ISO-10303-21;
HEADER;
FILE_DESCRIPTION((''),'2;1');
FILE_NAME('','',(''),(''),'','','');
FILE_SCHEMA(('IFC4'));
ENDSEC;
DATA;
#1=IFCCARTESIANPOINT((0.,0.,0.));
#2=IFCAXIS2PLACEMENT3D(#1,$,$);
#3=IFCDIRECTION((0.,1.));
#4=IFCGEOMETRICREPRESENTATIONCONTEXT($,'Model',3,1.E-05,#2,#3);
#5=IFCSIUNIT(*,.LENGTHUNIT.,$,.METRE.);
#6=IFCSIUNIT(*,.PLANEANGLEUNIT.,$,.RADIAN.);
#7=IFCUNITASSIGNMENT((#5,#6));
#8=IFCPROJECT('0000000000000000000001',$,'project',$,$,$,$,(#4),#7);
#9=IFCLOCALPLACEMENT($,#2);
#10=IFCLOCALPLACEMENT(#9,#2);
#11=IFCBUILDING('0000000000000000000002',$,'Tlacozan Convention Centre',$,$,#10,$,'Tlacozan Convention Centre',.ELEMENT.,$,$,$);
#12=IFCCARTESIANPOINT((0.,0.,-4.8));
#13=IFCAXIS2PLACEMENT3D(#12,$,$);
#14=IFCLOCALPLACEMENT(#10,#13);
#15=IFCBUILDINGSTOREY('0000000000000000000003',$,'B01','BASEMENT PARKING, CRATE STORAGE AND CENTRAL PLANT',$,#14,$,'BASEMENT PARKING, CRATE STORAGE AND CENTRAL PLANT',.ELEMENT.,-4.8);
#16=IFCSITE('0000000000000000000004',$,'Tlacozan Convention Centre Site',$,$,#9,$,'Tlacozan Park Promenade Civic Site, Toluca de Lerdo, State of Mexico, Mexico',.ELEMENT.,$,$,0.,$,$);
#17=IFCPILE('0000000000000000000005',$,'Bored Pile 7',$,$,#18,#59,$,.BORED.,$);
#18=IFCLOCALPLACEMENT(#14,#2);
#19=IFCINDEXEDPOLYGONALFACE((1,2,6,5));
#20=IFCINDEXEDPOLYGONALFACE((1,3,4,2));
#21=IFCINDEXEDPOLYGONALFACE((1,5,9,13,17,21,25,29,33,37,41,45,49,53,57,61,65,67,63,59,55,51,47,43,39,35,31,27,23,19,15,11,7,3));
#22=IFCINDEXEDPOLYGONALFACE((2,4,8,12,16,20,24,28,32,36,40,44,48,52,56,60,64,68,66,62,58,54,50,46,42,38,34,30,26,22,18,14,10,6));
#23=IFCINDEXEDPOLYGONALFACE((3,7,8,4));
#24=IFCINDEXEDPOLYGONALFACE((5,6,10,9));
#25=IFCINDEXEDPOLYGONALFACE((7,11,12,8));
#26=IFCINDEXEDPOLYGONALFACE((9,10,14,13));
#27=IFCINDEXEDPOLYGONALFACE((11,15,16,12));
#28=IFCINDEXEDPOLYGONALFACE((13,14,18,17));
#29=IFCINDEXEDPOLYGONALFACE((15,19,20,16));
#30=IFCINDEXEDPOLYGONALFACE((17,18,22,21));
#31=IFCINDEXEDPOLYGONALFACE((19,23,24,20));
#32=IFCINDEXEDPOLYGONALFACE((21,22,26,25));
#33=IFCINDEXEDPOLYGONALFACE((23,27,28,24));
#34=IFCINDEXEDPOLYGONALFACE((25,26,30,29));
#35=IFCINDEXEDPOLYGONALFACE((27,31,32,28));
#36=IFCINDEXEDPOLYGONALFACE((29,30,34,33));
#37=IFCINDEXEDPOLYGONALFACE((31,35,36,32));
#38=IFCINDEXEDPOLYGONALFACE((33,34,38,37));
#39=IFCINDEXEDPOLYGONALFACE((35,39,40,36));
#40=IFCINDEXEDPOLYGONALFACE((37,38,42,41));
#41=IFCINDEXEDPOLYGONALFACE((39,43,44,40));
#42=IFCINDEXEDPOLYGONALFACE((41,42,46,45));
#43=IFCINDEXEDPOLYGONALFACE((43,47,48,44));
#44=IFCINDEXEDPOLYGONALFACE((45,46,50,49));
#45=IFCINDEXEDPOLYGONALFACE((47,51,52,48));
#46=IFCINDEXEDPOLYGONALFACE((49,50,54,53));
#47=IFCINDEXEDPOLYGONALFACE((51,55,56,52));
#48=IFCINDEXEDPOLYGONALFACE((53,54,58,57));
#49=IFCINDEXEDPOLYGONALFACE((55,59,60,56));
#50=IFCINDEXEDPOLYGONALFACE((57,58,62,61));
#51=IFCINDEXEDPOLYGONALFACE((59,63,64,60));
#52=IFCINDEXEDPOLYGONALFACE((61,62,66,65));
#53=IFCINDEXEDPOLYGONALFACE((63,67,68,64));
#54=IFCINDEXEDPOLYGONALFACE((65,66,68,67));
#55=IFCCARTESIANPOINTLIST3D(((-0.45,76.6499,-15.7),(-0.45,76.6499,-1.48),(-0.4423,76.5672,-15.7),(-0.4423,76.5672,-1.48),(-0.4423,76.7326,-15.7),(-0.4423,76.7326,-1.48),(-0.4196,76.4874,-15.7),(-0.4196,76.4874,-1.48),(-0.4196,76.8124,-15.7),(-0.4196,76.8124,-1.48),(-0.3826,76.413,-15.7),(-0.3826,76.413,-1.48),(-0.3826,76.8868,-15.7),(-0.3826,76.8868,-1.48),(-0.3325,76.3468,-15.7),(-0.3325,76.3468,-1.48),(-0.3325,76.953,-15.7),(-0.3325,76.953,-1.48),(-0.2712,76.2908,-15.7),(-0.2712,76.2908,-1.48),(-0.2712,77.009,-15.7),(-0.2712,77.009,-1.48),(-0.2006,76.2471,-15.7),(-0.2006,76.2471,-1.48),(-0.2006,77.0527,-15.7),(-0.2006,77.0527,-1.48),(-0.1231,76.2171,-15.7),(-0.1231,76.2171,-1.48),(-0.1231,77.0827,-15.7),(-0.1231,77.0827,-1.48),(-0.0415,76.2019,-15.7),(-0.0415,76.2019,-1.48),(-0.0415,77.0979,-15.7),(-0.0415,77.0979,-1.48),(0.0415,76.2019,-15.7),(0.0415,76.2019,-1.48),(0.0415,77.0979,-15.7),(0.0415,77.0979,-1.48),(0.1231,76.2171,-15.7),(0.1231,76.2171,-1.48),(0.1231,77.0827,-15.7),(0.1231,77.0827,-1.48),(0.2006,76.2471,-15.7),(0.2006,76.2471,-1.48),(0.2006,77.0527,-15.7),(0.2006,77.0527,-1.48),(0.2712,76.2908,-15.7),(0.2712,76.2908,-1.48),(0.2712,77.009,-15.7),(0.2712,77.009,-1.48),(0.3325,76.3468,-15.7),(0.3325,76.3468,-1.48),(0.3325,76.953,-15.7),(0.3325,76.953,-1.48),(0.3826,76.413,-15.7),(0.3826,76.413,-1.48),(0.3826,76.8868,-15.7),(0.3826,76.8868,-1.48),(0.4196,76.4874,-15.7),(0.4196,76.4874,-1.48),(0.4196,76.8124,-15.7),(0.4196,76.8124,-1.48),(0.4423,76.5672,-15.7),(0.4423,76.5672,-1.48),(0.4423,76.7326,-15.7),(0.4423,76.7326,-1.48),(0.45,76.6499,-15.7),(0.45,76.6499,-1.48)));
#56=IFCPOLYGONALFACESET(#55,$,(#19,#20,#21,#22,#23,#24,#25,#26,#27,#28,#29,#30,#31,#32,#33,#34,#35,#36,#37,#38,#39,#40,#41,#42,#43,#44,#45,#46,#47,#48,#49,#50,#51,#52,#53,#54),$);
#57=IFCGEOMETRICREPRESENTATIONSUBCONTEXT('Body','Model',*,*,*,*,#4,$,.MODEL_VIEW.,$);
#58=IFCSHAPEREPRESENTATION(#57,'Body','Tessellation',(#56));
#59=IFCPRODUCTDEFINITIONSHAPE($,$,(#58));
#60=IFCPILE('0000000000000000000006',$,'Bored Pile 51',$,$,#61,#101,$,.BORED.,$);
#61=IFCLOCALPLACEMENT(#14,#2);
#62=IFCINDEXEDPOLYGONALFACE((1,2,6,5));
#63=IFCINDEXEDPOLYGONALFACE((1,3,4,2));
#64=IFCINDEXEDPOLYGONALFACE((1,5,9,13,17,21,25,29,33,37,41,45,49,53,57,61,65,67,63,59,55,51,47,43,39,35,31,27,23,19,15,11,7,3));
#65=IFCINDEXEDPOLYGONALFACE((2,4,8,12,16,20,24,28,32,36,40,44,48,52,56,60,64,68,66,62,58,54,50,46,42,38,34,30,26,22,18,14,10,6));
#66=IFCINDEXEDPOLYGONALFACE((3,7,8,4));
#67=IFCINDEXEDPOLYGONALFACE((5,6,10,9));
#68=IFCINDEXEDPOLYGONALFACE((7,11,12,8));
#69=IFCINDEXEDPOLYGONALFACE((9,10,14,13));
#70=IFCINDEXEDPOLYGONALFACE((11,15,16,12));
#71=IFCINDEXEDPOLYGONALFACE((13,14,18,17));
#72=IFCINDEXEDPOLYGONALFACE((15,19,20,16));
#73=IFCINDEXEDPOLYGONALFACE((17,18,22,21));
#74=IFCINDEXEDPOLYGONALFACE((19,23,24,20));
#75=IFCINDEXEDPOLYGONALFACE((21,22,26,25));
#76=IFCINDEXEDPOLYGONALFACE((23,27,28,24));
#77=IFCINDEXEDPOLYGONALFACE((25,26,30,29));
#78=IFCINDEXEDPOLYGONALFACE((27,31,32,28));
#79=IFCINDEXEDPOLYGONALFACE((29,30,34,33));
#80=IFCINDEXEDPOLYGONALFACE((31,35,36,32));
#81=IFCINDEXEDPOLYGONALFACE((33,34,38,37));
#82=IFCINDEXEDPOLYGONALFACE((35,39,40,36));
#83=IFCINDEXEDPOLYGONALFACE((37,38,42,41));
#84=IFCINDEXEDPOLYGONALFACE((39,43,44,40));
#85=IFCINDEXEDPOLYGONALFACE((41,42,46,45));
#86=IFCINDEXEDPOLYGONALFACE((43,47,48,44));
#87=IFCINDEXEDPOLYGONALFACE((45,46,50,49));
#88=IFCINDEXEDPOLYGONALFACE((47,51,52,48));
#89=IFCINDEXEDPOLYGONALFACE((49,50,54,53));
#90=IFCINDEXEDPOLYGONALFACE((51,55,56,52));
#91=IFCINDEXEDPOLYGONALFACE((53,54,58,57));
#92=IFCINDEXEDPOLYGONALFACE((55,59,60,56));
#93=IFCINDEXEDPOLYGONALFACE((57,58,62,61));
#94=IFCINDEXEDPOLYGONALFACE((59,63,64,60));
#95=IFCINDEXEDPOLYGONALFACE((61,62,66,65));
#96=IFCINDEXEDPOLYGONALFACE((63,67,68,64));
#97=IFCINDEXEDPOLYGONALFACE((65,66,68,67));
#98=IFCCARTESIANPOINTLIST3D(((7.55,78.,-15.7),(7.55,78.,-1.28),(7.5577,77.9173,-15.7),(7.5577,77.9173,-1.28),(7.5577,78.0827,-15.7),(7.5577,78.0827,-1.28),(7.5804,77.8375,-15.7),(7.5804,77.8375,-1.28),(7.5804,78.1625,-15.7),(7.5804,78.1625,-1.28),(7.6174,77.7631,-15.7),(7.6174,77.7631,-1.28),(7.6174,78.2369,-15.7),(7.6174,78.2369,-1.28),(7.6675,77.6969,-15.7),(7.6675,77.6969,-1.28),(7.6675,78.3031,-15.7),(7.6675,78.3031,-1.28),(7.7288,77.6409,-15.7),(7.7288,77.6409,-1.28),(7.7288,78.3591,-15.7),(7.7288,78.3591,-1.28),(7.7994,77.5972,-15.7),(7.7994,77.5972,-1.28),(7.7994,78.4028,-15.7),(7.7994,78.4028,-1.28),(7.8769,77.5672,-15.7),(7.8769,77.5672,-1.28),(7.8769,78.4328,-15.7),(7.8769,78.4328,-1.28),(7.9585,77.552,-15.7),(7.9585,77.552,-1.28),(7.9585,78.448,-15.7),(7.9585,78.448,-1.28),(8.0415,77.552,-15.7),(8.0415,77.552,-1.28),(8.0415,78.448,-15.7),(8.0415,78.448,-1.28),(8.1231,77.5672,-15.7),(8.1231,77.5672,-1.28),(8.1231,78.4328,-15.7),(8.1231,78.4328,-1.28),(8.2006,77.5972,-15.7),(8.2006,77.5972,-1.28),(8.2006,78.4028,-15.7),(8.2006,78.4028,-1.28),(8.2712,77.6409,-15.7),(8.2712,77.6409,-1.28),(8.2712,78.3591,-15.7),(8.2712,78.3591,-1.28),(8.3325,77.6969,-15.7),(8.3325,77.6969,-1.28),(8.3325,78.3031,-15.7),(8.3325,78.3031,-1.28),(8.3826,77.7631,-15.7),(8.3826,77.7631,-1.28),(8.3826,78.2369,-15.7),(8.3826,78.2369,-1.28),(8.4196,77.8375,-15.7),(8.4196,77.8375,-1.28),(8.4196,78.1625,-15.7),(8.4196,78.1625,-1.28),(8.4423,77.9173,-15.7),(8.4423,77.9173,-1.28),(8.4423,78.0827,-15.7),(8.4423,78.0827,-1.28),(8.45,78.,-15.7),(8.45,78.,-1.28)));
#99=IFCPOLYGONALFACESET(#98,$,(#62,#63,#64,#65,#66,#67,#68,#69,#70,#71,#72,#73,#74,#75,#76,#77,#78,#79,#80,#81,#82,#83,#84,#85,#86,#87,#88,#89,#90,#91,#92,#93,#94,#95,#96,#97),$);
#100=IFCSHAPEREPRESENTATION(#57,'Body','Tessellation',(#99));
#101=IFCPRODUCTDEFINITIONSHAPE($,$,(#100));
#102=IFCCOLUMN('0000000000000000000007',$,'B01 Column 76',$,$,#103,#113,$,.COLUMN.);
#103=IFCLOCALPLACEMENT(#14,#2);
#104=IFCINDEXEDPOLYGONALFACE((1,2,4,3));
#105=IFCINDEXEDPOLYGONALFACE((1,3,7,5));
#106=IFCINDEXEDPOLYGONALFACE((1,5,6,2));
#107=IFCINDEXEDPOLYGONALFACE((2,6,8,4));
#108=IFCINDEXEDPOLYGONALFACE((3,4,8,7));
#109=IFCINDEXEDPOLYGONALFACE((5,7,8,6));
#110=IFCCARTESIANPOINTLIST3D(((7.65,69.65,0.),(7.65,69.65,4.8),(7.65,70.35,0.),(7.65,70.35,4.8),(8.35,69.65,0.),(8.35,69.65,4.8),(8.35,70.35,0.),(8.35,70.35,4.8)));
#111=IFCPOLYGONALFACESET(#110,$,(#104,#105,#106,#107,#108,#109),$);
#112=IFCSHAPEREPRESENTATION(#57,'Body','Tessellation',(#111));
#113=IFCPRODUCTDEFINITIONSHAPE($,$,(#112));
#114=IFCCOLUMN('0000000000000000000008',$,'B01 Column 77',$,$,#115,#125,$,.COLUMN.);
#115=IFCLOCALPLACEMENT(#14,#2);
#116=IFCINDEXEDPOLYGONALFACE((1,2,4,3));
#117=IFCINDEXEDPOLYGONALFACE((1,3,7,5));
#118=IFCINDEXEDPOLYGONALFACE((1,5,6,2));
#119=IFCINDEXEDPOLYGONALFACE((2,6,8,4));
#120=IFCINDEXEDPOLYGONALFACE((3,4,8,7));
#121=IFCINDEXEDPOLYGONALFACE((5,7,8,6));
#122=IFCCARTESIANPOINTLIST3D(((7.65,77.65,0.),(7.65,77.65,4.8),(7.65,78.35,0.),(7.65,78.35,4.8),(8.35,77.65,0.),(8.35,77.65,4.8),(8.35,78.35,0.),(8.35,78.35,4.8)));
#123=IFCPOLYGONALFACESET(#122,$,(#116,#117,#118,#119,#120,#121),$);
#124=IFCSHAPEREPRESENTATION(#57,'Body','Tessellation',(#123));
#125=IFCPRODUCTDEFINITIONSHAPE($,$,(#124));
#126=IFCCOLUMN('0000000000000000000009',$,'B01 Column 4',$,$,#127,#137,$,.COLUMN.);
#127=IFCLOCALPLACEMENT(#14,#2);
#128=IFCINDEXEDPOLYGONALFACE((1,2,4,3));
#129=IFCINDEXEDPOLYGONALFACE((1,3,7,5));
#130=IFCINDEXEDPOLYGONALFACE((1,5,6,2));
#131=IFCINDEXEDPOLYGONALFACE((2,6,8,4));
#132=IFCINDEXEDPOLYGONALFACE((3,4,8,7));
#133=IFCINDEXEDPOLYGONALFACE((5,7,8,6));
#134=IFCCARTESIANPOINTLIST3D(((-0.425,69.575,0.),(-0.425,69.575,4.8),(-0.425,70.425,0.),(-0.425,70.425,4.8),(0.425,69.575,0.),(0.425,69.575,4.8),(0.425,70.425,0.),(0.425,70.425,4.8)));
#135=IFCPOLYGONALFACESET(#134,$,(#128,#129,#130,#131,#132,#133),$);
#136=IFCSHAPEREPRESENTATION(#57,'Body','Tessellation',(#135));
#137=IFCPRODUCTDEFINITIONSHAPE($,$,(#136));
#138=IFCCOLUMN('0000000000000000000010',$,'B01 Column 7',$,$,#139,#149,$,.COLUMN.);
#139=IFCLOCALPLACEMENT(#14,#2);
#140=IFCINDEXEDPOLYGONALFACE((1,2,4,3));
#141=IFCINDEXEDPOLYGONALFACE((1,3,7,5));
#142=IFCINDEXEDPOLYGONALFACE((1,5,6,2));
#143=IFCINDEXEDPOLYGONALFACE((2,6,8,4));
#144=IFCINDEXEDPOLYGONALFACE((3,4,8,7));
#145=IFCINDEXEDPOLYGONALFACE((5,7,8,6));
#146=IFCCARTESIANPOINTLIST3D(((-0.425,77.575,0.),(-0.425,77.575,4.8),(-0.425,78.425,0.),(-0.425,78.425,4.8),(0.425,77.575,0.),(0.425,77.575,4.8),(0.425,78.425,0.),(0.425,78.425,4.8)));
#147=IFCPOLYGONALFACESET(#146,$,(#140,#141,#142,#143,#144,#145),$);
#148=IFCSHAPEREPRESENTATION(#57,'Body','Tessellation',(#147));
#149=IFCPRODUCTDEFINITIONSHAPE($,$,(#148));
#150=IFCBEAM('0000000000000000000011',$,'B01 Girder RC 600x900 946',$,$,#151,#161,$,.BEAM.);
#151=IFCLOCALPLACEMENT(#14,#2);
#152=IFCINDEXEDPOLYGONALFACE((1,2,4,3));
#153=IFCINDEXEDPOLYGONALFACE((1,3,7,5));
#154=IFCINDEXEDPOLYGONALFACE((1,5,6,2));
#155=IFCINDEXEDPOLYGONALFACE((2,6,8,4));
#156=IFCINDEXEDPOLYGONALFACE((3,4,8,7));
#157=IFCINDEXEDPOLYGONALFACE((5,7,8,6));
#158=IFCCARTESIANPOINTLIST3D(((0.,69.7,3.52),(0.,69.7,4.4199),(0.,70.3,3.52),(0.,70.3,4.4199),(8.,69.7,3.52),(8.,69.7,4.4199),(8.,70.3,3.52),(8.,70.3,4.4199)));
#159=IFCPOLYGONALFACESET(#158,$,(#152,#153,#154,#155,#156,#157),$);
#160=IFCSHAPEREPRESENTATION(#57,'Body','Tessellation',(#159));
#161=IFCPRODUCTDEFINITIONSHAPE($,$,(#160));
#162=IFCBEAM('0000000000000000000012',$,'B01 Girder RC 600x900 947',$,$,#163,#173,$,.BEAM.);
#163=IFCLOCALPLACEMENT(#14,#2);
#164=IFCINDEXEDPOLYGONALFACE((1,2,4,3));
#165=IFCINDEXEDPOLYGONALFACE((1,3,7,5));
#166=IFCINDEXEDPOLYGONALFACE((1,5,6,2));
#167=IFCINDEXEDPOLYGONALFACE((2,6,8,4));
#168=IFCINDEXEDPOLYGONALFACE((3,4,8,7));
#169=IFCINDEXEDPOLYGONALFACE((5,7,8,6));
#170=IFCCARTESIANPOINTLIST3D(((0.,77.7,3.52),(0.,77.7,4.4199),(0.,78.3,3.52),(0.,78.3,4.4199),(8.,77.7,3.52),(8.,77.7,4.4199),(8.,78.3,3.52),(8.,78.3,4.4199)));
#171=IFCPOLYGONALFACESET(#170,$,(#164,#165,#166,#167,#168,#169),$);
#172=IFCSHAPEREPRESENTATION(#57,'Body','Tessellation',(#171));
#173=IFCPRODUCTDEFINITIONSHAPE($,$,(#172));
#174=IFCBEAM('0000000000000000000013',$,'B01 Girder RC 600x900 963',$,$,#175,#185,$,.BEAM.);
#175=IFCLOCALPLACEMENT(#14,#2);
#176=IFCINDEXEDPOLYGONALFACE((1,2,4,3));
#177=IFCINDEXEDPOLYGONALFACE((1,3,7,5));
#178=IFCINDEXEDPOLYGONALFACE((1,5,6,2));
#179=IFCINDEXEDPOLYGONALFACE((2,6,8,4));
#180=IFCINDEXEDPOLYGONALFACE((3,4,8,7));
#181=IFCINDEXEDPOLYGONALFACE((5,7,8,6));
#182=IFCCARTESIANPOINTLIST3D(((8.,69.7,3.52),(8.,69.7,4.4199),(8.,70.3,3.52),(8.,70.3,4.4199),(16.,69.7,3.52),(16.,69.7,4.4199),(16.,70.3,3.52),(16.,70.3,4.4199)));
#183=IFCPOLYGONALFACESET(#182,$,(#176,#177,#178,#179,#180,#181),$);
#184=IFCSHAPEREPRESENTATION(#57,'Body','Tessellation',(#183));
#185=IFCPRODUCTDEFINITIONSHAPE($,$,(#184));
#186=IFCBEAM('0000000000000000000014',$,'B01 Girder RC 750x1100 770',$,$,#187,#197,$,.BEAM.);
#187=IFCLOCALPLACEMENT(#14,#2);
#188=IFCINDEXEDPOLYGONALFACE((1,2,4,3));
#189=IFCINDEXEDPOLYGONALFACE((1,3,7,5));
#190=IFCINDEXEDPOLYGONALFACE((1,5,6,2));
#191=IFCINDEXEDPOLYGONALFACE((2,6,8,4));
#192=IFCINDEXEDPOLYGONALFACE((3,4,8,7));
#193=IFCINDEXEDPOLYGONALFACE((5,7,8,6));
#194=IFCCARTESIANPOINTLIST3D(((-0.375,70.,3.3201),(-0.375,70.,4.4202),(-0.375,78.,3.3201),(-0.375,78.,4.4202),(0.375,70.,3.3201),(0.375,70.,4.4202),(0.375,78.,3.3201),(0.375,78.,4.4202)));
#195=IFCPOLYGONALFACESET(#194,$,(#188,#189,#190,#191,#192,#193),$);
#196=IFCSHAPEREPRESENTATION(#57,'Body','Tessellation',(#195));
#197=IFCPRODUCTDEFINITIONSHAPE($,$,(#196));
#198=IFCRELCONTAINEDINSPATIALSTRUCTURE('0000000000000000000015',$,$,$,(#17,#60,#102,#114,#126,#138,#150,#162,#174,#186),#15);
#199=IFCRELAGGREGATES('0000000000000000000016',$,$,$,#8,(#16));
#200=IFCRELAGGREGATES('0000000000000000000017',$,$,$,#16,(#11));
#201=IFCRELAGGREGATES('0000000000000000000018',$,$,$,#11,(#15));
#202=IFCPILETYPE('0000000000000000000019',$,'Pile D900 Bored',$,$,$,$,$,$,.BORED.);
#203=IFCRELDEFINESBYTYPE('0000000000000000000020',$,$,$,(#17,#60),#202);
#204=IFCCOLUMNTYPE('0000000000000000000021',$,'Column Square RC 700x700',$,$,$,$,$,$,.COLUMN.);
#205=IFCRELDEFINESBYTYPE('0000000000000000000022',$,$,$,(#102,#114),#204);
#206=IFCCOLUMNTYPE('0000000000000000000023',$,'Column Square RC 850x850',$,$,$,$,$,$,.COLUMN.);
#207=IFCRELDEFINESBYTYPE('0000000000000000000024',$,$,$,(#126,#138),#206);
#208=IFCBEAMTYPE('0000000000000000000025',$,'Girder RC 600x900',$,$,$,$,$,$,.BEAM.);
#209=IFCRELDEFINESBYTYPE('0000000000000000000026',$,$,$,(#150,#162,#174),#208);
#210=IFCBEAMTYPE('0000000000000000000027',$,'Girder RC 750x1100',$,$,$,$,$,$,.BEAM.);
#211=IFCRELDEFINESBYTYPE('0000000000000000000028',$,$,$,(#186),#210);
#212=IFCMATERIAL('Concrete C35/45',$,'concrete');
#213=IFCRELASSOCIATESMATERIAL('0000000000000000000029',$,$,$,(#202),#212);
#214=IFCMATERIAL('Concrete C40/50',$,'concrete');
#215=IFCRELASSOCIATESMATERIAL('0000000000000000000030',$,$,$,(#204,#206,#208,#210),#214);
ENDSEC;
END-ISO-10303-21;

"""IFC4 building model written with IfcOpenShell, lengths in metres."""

from ifc_helpers import new_model, si_unit, direction, frame, origin, origin_2d, place, context, subcontext, project, spatial, rectangle, circle, extrude, material, material_profile, profile_set, type_object, element, save


model = new_model("IFC4")

# Units and contexts
model_context = context("Model", 3, precision=1e-05, world=origin(), true_north=direction((0.0, 1.0)))
body_context = subcontext(model_context, "Body", "Model", "MODEL_VIEW")
ifc_project = project(units=[si_unit("LENGTHUNIT", "METRE"), si_unit("PLANEANGLEUNIT", "RADIAN")], contexts=[model_context])

# Site, building, storey
site_placement = place(None, origin())
site = spatial("IfcSite", under=ifc_project, at=site_placement, Name="Tlacozan Convention Centre Site", LongName="Tlacozan Park Promenade Civic Site, Toluca de Lerdo, State of Mexico, Mexico", CompositionType="ELEMENT", RefElevation=0.0)
building_placement = place(site_placement, origin())
building = spatial("IfcBuilding", under=site, at=building_placement, Name="Tlacozan Convention Centre", LongName="Tlacozan Convention Centre", CompositionType="ELEMENT")
storey_placement = place(building_placement, frame((0.0, 0.0, -4.8)))
storey = spatial("IfcBuildingStorey", under=building, at=storey_placement, Name="B01", Description="BASEMENT PARKING, CRATE STORAGE AND CENTRAL PLANT", LongName="BASEMENT PARKING, CRATE STORAGE AND CENTRAL PLANT", CompositionType="ELEMENT", Elevation=-4.8)

# Shared definitions
ifc_material_1 = material(Name="Concrete C35/45", Category="concrete")

# Piles
ifc_material_profile_1 = material_profile(ifc_material_1, circle(Radius=0.45, at=origin_2d()), Name="PILE D900")
ifc_profile_set_1 = profile_set([ifc_material_profile_1], Name="Concrete C35/45")
pile_type_1 = type_object("IfcPileType", Name="Pile D900 Bored", PredefinedType="BORED", material=ifc_profile_set_1)
for number, where, z_axis, x_axis, name in (
    (1, (0.0, 76.6499, -1.48), (0.0, 0.0, -1.0), (1.0, 0.0, 0.0), "Bored Pile 7"),
):
    element("IfcPile", number, at=place(storey_placement, frame(where, z_axis=z_axis, x_axis=x_axis)), inside=storey, type_object=pile_type_1, Name=name, PredefinedType="BORED", context=body_context, shape_type="SweptSolid", body=[
        extrude(circle(Radius=0.45, at=origin_2d()), origin(), (0.0, 0.0, 1.0), 14.22),
    ])
pile_1_placement = place(storey_placement, frame((8.0, 78.0, -1.28), z_axis=(0.0, 0.0, -1.0), x_axis=(1.0, 0.0, 0.0)))
element("IfcPile", 2, at=pile_1_placement, inside=storey, type_object=pile_type_1, Name="Bored Pile 51", PredefinedType="BORED", context=body_context, shape_type="SweptSolid", body=[
    extrude(circle(Radius=0.45, at=origin_2d()), origin(), (0.0, 0.0, 1.0), 14.4199),
])

# Columns
ifc_material_2 = material(Name="Concrete C40/50", Category="concrete")
ifc_material_profile_2 = material_profile(ifc_material_2, rectangle(XDim=0.7, YDim=0.7, at=origin_2d()), Name="RC 700x700")
ifc_profile_set_2 = profile_set([ifc_material_profile_2], Name="Concrete C40/50")
column_type_1 = type_object("IfcColumnType", Name="Column Square RC 700x700", PredefinedType="COLUMN", material=ifc_profile_set_2)
for number, where, z_axis, x_axis, name in (
    (3, (8.0, 70.0, 0.0), (0.0, 0.0, 1.0), (1.0, 0.0, 0.0), "B01 Column 76"),
    (4, (8.0, 78.0, 0.0), (0.0, 0.0, 1.0), (1.0, 0.0, 0.0), "B01 Column 77"),
):
    element("IfcColumn", number, at=place(storey_placement, frame(where, z_axis=z_axis, x_axis=x_axis)), inside=storey, type_object=column_type_1, Name=name, PredefinedType="COLUMN", context=body_context, shape_type="SweptSolid", body=[
        extrude(rectangle(XDim=0.7, YDim=0.7, at=origin_2d()), origin(), (0.0, 0.0, 1.0), 4.8),
    ])
ifc_material_profile_3 = material_profile(ifc_material_2, rectangle(XDim=0.8501, YDim=0.8501, at=origin_2d()), Name="RC 850x850")
ifc_profile_set_3 = profile_set([ifc_material_profile_3], Name="Concrete C40/50")
column_type_2 = type_object("IfcColumnType", Name="Column Square RC 850x850", PredefinedType="COLUMN", material=ifc_profile_set_3)
for number, where, z_axis, x_axis, name in (
    (5, (0.0, 70.0, 0.0), (0.0, 0.0, 1.0), (1.0, 0.0, 0.0), "B01 Column 4"),
    (6, (0.0, 78.0, 0.0), (0.0, 0.0, 1.0), (1.0, 0.0, 0.0), "B01 Column 7"),
):
    element("IfcColumn", number, at=place(storey_placement, frame(where, z_axis=z_axis, x_axis=x_axis)), inside=storey, type_object=column_type_2, Name=name, PredefinedType="COLUMN", context=body_context, shape_type="SweptSolid", body=[
        extrude(rectangle(XDim=0.8501, YDim=0.8501, at=origin_2d()), origin(), (0.0, 0.0, 1.0), 4.8),
    ])

# Beams
ifc_material_profile_4 = material_profile(ifc_material_2, rectangle(XDim=0.6001, YDim=0.8999, at=origin_2d()), Name="RC 600x900")
ifc_profile_set_4 = profile_set([ifc_material_profile_4], Name="Concrete C40/50")
beam_type_1 = type_object("IfcBeamType", Name="Girder RC 600x900", PredefinedType="BEAM", material=ifc_profile_set_4)
for number, where, z_axis, x_axis, name in (
    (7, (0.0, 70.0, 3.97), (1.0, 0.0, 0.0), (0.0, 1.0, 0.0), "B01 Girder RC 600x900 946"),
    (8, (0.0, 78.0, 3.97), (1.0, 0.0, 0.0), (0.0, 1.0, 0.0), "B01 Girder RC 600x900 947"),
    (9, (8.0, 70.0, 3.97), (1.0, 0.0, 0.0), (0.0, 1.0, 0.0), "B01 Girder RC 600x900 963"),
):
    element("IfcBeam", number, at=place(storey_placement, frame(where, z_axis=z_axis, x_axis=x_axis)), inside=storey, type_object=beam_type_1, Name=name, PredefinedType="BEAM", context=body_context, shape_type="SweptSolid", body=[
        extrude(rectangle(XDim=0.6001, YDim=0.8999, at=origin_2d()), origin(), (0.0, 0.0, 1.0), 8.0),
    ])
ifc_material_profile_5 = material_profile(ifc_material_2, rectangle(XDim=0.75, YDim=1.1001, at=origin_2d()), Name="RC 750x1100")
ifc_profile_set_5 = profile_set([ifc_material_profile_5], Name="Concrete C40/50")
beam_type_2 = type_object("IfcBeamType", Name="Girder RC 750x1100", PredefinedType="BEAM", material=ifc_profile_set_5)
for number, where, z_axis, x_axis, name in (
    (10, (0.0, 70.0, 3.8701), (0.0, 1.0, 0.0), (-1.0, 0.0, 0.0), "B01 Girder RC 750x1100 770"),
):
    element("IfcBeam", number, at=place(storey_placement, frame(where, z_axis=z_axis, x_axis=x_axis)), inside=storey, type_object=beam_type_2, Name=name, PredefinedType="BEAM", context=body_context, shape_type="SweptSolid", body=[
        extrude(rectangle(XDim=0.75, YDim=1.1001, at=origin_2d()), origin(), (0.0, 0.0, 1.0), 8.0),
    ])

save(model, "model.ifc")
